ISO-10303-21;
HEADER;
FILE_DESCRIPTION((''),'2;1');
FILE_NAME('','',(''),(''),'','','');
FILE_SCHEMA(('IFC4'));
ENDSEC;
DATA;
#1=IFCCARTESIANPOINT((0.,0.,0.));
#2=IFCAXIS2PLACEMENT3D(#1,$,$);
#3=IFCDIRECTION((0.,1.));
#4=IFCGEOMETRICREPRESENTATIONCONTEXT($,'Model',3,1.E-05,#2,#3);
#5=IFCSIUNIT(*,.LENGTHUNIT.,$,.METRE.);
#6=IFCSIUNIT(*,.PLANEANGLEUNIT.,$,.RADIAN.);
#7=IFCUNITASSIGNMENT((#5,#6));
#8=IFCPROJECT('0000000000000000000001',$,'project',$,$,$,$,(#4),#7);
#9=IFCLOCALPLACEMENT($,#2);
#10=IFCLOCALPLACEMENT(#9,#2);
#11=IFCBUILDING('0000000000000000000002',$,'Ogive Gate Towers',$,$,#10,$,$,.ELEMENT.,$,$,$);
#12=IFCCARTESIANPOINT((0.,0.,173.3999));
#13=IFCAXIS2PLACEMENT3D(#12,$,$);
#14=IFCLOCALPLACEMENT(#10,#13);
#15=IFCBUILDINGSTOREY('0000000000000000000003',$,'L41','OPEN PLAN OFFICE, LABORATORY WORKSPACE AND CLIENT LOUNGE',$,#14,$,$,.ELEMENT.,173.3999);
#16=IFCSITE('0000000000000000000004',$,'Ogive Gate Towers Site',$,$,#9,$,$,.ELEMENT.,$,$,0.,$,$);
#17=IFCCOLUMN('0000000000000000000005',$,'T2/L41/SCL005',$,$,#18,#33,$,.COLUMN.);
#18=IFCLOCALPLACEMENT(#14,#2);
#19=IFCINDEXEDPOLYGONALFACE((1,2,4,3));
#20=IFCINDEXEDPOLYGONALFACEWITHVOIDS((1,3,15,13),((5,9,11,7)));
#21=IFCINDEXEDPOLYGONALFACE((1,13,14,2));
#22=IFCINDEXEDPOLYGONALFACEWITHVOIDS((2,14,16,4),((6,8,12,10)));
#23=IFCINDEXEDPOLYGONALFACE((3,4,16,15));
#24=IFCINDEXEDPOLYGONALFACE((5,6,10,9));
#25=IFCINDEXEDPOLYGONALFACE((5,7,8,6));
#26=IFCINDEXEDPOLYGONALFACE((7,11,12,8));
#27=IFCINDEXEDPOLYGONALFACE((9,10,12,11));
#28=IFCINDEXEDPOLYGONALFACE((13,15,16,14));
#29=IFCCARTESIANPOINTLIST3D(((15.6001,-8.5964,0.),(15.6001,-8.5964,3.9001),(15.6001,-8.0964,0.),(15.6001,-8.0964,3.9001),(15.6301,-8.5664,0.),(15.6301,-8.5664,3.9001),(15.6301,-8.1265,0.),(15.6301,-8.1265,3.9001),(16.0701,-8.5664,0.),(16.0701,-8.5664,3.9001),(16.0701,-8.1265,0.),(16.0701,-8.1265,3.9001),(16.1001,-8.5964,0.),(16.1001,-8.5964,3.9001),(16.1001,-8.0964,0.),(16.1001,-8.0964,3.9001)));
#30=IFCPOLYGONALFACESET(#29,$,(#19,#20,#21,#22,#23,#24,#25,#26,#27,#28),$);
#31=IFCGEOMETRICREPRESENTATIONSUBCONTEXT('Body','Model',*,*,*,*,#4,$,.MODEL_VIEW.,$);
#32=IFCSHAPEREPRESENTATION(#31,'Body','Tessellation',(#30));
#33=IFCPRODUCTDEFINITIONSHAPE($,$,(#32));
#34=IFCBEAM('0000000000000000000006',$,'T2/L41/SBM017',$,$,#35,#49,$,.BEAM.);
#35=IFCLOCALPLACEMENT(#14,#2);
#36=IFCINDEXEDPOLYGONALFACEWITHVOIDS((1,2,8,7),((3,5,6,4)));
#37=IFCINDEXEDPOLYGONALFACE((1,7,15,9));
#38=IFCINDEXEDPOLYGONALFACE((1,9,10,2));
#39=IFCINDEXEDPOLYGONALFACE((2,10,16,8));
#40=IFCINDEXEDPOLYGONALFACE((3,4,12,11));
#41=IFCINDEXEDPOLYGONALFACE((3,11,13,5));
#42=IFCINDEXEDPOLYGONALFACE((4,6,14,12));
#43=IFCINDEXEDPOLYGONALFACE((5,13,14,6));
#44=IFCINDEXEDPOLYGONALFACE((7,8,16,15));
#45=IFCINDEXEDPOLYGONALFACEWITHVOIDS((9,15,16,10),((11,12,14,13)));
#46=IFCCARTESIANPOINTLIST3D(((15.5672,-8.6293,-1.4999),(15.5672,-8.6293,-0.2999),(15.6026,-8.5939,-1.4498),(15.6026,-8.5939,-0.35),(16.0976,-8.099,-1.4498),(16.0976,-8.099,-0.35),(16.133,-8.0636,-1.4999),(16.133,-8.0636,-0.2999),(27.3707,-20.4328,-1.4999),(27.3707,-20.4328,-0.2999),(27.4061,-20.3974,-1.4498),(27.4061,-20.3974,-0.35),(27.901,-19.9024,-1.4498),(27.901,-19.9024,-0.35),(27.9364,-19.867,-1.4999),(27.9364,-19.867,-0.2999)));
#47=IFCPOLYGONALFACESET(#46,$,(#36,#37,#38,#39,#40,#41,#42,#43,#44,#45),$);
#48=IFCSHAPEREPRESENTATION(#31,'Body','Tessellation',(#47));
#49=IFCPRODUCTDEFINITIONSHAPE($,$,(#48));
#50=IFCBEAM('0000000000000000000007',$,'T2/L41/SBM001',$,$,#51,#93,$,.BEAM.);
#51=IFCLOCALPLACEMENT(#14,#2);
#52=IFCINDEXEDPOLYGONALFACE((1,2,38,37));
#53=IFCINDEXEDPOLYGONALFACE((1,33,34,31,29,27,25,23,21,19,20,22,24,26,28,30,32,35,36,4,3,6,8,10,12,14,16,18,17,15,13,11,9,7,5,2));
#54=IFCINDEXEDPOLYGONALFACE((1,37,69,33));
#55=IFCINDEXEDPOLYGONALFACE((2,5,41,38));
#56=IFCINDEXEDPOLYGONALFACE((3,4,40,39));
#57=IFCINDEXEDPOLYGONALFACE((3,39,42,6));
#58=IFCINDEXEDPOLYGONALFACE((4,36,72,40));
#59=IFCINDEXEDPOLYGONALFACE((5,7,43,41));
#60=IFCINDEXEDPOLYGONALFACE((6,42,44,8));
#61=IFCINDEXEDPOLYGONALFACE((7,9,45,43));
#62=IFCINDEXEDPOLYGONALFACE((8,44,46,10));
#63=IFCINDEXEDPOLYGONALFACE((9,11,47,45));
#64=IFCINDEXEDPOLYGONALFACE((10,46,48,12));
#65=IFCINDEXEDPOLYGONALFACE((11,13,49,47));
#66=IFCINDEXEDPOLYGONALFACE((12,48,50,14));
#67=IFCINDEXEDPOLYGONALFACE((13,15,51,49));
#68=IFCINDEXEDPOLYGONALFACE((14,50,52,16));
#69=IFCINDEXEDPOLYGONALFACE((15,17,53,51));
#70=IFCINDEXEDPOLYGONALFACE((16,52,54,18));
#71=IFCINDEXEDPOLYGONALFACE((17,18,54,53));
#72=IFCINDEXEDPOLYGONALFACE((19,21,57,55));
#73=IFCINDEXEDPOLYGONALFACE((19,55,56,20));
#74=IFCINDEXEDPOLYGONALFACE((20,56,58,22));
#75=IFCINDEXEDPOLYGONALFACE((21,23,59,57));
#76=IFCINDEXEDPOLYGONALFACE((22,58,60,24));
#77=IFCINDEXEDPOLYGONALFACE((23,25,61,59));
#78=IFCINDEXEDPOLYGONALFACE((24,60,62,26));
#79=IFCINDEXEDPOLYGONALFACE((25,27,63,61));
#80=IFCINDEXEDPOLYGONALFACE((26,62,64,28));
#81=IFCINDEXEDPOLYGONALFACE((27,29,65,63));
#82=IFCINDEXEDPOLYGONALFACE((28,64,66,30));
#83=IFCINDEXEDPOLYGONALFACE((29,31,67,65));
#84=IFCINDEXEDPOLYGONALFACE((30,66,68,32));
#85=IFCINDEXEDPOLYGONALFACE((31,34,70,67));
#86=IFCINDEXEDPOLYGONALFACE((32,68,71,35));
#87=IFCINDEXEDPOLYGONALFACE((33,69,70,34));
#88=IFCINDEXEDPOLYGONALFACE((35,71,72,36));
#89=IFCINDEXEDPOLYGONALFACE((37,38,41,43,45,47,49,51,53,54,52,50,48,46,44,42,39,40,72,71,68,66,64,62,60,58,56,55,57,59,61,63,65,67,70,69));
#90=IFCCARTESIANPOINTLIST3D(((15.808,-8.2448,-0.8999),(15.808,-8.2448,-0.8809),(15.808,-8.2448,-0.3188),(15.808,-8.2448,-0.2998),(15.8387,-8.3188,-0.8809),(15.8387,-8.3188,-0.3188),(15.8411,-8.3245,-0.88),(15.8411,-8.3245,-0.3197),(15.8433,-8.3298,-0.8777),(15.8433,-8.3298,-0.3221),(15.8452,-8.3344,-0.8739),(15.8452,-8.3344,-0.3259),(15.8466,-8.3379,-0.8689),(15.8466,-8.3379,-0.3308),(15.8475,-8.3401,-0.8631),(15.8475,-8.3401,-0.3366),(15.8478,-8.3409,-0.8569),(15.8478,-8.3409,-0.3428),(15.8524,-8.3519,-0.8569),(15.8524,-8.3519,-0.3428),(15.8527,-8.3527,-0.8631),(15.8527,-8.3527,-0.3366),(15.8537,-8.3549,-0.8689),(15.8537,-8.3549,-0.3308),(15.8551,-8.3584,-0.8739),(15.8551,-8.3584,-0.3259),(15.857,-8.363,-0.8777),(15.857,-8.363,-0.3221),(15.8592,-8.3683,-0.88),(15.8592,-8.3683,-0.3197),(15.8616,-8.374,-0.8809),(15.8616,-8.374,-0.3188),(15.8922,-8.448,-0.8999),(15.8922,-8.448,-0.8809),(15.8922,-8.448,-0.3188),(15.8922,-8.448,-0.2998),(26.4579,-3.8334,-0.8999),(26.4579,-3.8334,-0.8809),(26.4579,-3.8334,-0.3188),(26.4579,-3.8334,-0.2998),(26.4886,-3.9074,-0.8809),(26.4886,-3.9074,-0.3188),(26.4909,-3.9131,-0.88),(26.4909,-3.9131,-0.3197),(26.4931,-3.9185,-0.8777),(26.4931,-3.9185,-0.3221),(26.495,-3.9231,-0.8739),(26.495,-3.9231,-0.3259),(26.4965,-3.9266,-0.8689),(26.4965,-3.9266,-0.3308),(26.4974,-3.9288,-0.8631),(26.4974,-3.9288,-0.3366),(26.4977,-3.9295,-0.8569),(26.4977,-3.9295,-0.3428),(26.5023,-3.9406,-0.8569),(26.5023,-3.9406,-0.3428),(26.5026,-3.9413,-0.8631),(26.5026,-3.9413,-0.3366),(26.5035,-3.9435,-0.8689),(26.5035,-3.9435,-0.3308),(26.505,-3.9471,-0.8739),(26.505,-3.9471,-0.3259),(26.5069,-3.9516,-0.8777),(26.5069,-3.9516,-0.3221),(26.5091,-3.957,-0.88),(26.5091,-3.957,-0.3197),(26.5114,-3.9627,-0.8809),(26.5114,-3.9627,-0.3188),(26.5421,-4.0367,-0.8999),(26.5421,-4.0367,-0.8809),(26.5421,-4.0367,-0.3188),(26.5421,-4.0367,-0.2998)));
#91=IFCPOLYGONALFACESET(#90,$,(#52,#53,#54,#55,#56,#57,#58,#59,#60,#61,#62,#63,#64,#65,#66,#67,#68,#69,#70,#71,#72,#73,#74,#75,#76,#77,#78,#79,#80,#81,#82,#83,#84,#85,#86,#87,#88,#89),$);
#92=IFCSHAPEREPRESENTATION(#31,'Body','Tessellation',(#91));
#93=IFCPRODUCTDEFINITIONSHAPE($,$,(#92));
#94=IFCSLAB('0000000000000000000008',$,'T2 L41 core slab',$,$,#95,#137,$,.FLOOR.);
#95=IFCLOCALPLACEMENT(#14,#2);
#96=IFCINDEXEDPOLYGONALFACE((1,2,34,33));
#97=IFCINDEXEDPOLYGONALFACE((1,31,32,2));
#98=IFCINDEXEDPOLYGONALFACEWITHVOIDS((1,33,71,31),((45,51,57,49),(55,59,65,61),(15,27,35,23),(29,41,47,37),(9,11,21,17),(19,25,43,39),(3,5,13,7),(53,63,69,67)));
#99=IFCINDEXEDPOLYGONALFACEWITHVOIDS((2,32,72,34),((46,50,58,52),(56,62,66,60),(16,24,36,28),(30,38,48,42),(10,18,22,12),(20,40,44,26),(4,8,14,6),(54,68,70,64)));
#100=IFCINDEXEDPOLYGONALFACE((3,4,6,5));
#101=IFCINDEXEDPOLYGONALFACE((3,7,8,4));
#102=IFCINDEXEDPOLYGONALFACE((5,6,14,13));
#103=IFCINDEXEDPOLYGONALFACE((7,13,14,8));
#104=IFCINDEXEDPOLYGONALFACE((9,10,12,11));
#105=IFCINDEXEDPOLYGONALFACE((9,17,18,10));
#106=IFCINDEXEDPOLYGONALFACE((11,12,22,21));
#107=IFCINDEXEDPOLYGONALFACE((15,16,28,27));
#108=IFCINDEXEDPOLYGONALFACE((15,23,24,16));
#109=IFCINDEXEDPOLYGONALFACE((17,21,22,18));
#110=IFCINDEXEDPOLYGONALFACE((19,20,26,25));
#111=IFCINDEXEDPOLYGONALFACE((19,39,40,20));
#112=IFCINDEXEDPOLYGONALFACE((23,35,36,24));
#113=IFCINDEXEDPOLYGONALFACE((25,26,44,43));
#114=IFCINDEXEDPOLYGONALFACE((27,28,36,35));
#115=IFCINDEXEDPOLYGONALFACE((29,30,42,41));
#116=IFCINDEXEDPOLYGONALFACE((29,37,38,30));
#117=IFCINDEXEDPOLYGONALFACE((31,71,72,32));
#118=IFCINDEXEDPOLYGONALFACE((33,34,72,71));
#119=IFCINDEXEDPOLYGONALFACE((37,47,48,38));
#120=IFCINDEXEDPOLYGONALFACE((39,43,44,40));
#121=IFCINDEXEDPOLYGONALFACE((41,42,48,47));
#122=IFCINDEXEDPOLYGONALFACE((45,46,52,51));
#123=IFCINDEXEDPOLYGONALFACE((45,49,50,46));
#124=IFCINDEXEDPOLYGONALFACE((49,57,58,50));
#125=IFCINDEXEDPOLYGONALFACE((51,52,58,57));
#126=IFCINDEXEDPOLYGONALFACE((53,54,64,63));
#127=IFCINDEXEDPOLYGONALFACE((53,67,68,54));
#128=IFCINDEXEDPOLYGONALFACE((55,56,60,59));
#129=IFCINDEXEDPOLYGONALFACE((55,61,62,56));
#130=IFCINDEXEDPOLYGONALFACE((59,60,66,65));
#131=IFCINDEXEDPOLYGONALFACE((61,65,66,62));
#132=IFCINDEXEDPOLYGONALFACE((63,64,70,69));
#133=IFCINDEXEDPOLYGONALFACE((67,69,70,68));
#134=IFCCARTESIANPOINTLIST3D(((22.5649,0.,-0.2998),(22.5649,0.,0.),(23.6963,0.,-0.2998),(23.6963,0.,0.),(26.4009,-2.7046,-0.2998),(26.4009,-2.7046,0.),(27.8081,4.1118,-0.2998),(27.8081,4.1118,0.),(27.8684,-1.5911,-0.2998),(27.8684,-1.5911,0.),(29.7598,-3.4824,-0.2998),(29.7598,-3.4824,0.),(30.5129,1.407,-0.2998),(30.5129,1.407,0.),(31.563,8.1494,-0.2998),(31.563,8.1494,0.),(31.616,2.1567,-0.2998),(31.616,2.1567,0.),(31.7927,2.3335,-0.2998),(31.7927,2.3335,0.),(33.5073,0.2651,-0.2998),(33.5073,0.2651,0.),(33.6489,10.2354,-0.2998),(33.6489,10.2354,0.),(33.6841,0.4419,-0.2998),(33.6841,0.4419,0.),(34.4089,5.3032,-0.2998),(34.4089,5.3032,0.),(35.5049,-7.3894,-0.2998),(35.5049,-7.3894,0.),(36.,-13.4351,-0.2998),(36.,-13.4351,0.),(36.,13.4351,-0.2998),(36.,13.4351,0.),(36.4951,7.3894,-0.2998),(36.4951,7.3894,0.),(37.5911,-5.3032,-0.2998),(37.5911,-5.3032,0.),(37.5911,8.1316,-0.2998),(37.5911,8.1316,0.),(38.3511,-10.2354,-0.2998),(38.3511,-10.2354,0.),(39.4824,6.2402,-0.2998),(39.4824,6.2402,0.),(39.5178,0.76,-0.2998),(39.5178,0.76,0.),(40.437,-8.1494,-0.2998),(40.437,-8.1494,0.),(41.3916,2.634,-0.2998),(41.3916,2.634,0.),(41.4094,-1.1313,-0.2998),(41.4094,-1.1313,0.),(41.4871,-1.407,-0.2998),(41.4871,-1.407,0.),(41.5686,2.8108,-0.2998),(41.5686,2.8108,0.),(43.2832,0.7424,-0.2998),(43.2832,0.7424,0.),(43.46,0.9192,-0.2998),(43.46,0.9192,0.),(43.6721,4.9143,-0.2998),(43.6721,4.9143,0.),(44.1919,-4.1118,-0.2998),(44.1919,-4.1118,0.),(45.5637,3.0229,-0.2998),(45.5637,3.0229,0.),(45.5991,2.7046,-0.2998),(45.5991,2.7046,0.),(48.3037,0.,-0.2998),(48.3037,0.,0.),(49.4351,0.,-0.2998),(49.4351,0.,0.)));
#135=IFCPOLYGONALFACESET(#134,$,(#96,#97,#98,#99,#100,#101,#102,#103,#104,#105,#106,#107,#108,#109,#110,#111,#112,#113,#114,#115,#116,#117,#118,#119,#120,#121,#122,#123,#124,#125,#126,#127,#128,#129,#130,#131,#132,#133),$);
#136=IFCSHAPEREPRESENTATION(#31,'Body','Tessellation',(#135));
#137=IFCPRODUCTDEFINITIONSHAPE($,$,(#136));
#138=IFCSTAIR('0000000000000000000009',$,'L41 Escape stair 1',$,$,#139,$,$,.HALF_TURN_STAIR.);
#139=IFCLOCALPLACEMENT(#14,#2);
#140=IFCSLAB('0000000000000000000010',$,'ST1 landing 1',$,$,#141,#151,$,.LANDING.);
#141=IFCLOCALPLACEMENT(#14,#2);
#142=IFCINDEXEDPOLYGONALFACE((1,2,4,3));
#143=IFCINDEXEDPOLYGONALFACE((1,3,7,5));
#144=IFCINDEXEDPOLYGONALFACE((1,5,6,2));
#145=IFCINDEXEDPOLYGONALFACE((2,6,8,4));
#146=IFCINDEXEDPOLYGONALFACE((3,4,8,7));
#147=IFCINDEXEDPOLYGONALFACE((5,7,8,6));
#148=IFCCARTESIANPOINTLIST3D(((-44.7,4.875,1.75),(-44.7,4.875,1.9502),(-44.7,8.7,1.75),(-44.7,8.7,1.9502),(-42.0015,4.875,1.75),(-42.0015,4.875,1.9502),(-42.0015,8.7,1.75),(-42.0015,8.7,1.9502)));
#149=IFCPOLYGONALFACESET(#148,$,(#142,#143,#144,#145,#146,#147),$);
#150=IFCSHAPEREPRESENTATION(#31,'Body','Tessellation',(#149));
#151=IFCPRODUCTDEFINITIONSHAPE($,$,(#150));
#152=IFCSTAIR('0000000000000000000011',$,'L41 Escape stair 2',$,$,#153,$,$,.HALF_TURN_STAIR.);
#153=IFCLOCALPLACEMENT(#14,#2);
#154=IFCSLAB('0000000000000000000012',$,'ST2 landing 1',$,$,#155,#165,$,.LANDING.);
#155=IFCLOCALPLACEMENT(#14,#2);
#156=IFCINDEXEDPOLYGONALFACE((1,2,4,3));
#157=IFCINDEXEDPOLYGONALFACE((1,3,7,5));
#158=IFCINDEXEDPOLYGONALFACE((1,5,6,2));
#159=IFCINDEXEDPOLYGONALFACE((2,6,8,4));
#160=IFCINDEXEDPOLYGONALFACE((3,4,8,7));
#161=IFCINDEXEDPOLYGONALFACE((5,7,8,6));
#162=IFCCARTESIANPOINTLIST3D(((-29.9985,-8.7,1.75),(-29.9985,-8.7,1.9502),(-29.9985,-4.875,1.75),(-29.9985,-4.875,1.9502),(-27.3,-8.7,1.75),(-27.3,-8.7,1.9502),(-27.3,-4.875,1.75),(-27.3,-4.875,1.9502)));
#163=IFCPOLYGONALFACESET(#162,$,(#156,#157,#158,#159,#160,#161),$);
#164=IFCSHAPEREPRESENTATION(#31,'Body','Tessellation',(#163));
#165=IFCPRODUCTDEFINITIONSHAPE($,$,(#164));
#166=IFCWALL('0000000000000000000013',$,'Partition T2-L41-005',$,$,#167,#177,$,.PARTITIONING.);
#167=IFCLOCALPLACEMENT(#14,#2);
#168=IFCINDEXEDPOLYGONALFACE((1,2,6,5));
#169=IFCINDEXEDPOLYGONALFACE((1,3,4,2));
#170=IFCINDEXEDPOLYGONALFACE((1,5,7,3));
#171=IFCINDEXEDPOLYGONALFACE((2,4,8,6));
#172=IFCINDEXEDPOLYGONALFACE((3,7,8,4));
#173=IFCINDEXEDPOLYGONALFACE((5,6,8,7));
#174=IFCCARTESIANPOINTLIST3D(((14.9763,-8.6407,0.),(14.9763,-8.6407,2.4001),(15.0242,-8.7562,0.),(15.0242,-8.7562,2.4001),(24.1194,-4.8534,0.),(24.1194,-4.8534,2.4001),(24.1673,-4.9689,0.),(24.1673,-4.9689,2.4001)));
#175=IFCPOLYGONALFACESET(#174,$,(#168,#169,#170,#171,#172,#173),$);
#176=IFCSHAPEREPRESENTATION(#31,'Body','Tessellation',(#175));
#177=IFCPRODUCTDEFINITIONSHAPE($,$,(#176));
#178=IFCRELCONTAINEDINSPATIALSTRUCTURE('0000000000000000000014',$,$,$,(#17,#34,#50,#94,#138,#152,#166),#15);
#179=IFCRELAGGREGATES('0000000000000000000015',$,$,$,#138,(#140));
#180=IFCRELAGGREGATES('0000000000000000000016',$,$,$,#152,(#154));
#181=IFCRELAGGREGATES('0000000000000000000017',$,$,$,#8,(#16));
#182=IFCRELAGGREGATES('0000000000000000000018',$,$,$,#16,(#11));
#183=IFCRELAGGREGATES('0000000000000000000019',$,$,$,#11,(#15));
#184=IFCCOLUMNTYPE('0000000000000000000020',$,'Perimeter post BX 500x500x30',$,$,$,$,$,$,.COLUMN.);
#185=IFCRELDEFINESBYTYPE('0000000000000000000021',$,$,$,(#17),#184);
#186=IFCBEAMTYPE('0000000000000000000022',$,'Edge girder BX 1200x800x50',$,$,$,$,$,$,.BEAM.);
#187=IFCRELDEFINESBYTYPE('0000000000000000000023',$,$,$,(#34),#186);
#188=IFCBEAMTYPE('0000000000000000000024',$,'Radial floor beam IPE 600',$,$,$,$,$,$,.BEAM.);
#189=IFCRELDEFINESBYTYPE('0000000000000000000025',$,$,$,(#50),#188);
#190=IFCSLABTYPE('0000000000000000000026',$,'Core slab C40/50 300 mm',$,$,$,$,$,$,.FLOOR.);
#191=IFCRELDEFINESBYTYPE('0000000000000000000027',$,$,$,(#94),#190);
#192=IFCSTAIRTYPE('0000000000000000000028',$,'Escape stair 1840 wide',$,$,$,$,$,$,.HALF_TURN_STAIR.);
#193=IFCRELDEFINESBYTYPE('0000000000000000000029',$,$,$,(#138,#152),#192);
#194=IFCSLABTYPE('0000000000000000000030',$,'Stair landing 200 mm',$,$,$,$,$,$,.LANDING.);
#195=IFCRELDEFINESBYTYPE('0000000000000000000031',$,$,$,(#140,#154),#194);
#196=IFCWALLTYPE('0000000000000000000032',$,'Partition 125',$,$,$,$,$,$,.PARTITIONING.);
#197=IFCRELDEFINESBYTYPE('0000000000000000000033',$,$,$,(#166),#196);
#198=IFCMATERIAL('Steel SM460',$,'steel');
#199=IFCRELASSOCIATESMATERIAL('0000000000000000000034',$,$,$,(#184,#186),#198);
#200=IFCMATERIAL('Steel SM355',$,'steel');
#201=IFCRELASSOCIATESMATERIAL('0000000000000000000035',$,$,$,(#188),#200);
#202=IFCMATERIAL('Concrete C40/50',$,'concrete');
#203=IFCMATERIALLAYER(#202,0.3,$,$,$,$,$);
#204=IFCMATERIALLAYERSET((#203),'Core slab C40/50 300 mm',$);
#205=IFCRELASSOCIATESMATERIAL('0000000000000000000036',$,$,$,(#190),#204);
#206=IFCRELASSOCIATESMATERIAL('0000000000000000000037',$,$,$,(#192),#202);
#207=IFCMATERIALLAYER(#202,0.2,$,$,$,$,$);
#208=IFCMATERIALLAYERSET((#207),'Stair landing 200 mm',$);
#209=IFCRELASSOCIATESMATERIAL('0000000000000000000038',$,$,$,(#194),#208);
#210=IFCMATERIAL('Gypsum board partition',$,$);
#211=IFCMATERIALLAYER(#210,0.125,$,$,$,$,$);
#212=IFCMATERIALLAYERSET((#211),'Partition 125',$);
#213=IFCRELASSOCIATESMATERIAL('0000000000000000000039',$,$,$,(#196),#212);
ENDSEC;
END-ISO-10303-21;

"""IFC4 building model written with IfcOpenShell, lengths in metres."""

from ifc_helpers import new_model, si_unit, direction, frame, frame_2d, origin, origin_2d, place, context, subcontext, project, spatial, polyline, rectangle, hollow_rectangle, i_section, outline, extrude, material, layer, layer_set, material_profile, profile_set, type_object, element, aggregate, save


model = new_model("IFC4")

# Units and contexts
model_context = context("Model", 3, precision=1e-05, world=origin(), true_north=direction((0.0, 1.0)))
body_context = subcontext(model_context, "Body", "Model", "MODEL_VIEW")
ifc_project = project(units=[si_unit("LENGTHUNIT", "METRE"), si_unit("PLANEANGLEUNIT", "RADIAN")], contexts=[model_context])

# Site, building, storey
site_placement = place(None, origin())
site = spatial("IfcSite", under=ifc_project, at=site_placement, Name="Ogive Gate Towers Site", CompositionType="ELEMENT", RefElevation=0.0)
building_placement = place(site_placement, origin())
building = spatial("IfcBuilding", under=site, at=building_placement, Name="Ogive Gate Towers", CompositionType="ELEMENT")
storey_placement = place(building_placement, frame((0.0, 0.0, 173.3999)))
storey = spatial("IfcBuildingStorey", under=building, at=storey_placement, Name="L41", Description="OPEN PLAN OFFICE, LABORATORY WORKSPACE AND CLIENT LOUNGE", CompositionType="ELEMENT", Elevation=173.3999)

# Column
ifc_material_1 = material(Name="Steel SM460", Category="steel")
ifc_material_profile_1 = material_profile(ifc_material_1, hollow_rectangle(XDim=0.5, YDim=0.5, WallThickness=0.03, at=origin_2d()), Name="BX 500x500x30")
ifc_profile_set_1 = profile_set([ifc_material_profile_1], Name="Steel SM460")
column_type = type_object("IfcColumnType", Name="Perimeter post BX 500x500x30", PredefinedType="COLUMN", material=ifc_profile_set_1)
column_placement = place(storey_placement, frame((15.8501, -8.3464, 0.0), z_axis=(0.0, 0.0, 1.0), x_axis=(1.0, 0.0, 0.0)))
element("IfcColumn", 1, at=column_placement, inside=storey, type_object=column_type, Name="T2/L41/SCL005", PredefinedType="COLUMN", context=body_context, shape_type="SweptSolid", body=[
    extrude(hollow_rectangle(XDim=0.5, YDim=0.5, WallThickness=0.03, at=origin_2d()), origin(), (0.0, 0.0, 1.0), 3.9001),
])

# Beams
ifc_material_profile_2 = material_profile(ifc_material_1, hollow_rectangle(XDim=0.8, YDim=1.2, WallThickness=0.05, at=origin_2d()), Name="BX 1200x800x50")
ifc_profile_set_2 = profile_set([ifc_material_profile_2], Name="Steel SM460")
beam_type_1 = type_object("IfcBeamType", Name="Edge girder BX 1200x800x50", PredefinedType="BEAM", material=ifc_profile_set_2)
beam_1_placement = place(storey_placement, frame((15.8501, -8.3464, -0.8999), z_axis=(0.707107, -0.707107, 0.0), x_axis=(0.707107, 0.707107, 0.0)))
element("IfcBeam", 2, at=beam_1_placement, inside=storey, type_object=beam_type_1, Name="T2/L41/SBM017", PredefinedType="BEAM", context=body_context, shape_type="SweptSolid", body=[
    extrude(hollow_rectangle(XDim=0.8, YDim=1.2, WallThickness=0.05, at=origin_2d()), origin(), (0.0, 0.0, 1.0), 16.6926),
])
ifc_material_2 = material(Name="Steel SM355", Category="steel")
ifc_material_profile_3 = material_profile(ifc_material_2, i_section(OverallWidth=0.22, OverallDepth=0.6001, WebThickness=0.012, FlangeThickness=0.019, FilletRadius=0.0239, at=origin_2d()), Name="IPE 600")
ifc_profile_set_3 = profile_set([ifc_material_profile_3], Name="Steel SM355")
beam_type_2 = type_object("IfcBeamType", Name="Radial floor beam IPE 600", PredefinedType="BEAM", material=ifc_profile_set_3)
beam_2_placement = place(storey_placement, frame((26.5, -3.9351, -0.5999), z_axis=(-0.923878, -0.382687, 0.0), x_axis=(0.382687, -0.923878, 0.0)))
element("IfcBeam", 3, at=beam_2_placement, inside=storey, type_object=beam_type_2, Name="T2/L41/SBM001", PredefinedType="BEAM", context=body_context, shape_type="SweptSolid", body=[
    extrude(i_section(OverallWidth=0.22, OverallDepth=0.6001, WebThickness=0.012, FlangeThickness=0.019, FilletRadius=0.0239, at=origin_2d()), origin(), (0.0, 0.0, 1.0), 11.5273),
])

# Slab
ifc_material_3 = material(Name="Concrete C40/50", Category="concrete")
ifc_layer_1 = layer(ifc_material_3, 0.3)
ifc_layer_set_1 = layer_set([ifc_layer_1], Name="Core slab C40/50 300 mm")
slab_type_1 = type_object("IfcSlabType", Name="Core slab C40/50 300 mm", PredefinedType="FLOOR", material=ifc_layer_set_1)
slab_1_placement = place(storey_placement, frame((0.0, 0.0, -0.2998)))
element("IfcSlab", 4, at=slab_1_placement, inside=storey, type_object=slab_type_1, Name="T2 L41 core slab", PredefinedType="FLOOR", context=body_context, shape_type="SweptSolid", body=[
    extrude(outline(polyline([(36.0, -13.4351), (22.5649, 0.0), (36.0, 13.4351), (49.4351, 0.0), (36.0, -13.4351)]), holes=[polyline([(29.7598, -3.4824), (33.5073, 0.2651), (31.616, 2.1567), (27.8684, -1.5911), (29.7598, -3.4824)]), polyline([(31.7927, 2.3335), (33.6841, 0.4419), (39.4824, 6.2402), (37.5911, 8.1316), (31.7927, 2.3335)]), polyline([(41.3916, 2.634), (39.5178, 0.76), (41.4094, -1.1313), (43.2832, 0.7424), (41.3916, 2.634)]), polyline([(45.5637, 3.0229), (43.6721, 4.9143), (41.5686, 2.8108), (43.46, 0.9192), (45.5637, 3.0229)]), polyline([(34.4089, 5.3032), (36.4951, 7.3894), (33.6489, 10.2354), (31.563, 8.1494), (34.4089, 5.3032)]), polyline([(35.5049, -7.3894), (38.3511, -10.2354), (40.437, -8.1494), (37.5911, -5.3032), (35.5049, -7.3894)]), polyline([(26.4009, -2.7046), (30.5129, 1.407), (27.8081, 4.1118), (23.6963, 0.0), (26.4009, -2.7046)]), polyline([(48.3037, 0.0), (45.5991, 2.7046), (41.4871, -1.407), (44.1919, -4.1118), (48.3037, 0.0)])]), origin(), (0.0, 0.0, 1.0), 0.2998),
])

# Stairs, slabs
stair_type = type_object("IfcStairType", Name="Escape stair 1840 wide", PredefinedType="HALF_TURN_STAIR", material=ifc_material_3)
stair_1_placement = place(storey_placement, origin())
stair_1 = element("IfcStair", 5, at=stair_1_placement, inside=storey, type_object=stair_type, Name="L41 Escape stair 1", PredefinedType="HALF_TURN_STAIR")
ifc_layer_2 = layer(ifc_material_3, 0.2)
ifc_layer_set_2 = layer_set([ifc_layer_2], Name="Stair landing 200 mm")
slab_type_2 = type_object("IfcSlabType", Name="Stair landing 200 mm", PredefinedType="LANDING", material=ifc_layer_set_2)
slab_2_placement = place(storey_placement, frame((0.0, 0.0, 1.75)))
slab_2 = element("IfcSlab", 6, at=slab_2_placement, type_object=slab_type_2, Name="ST1 landing 1", PredefinedType="LANDING", context=body_context, shape_type="SweptSolid", body=[
    extrude(outline(polyline([(-42.0015, 8.7), (-44.7, 8.7), (-44.7, 4.875), (-42.0015, 4.875), (-42.0015, 8.7)])), origin(), (0.0, 0.0, 1.0), 0.2002),
])
aggregate(stair_1, [slab_2])
stair_2_placement = place(storey_placement, origin())
stair_2 = element("IfcStair", 7, at=stair_2_placement, inside=storey, type_object=stair_type, Name="L41 Escape stair 2", PredefinedType="HALF_TURN_STAIR")
slab_3_placement = place(storey_placement, frame((0.0, 0.0, 1.75)))
slab_3 = element("IfcSlab", 8, at=slab_3_placement, type_object=slab_type_2, Name="ST2 landing 1", PredefinedType="LANDING", context=body_context, shape_type="SweptSolid", body=[
    extrude(outline(polyline([(-29.9985, -8.7), (-27.3, -8.7), (-27.3, -4.875), (-29.9985, -4.875), (-29.9985, -8.7)])), origin(), (0.0, 0.0, 1.0), 0.2002),
])
aggregate(stair_2, [slab_3])

# Wall
ifc_material_4 = material(Name="Gypsum board partition")
ifc_layer_3 = layer(ifc_material_4, 0.125)
ifc_layer_set_3 = layer_set([ifc_layer_3], Name="Partition 125")
wall_type_1 = type_object("IfcWallType", Name="Partition 125", PredefinedType="PARTITIONING", material=ifc_layer_set_3)
wall_1_placement = place(storey_placement, frame((15.0002, -8.6985, 0.0), z_axis=(0.0, 0.0, 1.0), x_axis=(0.923873, 0.382698, 0.0)))
element("IfcWall", 9, at=wall_1_placement, inside=storey, type_object=wall_type_1, Name="Partition T2-L41-005", PredefinedType="PARTITIONING", context=body_context, shape_type="SweptSolid", body=[
    extrude(rectangle(XDim=9.8965, YDim=0.125, at=frame_2d((4.9482, 0.0))), origin(), (0.0, 0.0, 1.0), 2.4001),
])

save(model, "model.ifc")
